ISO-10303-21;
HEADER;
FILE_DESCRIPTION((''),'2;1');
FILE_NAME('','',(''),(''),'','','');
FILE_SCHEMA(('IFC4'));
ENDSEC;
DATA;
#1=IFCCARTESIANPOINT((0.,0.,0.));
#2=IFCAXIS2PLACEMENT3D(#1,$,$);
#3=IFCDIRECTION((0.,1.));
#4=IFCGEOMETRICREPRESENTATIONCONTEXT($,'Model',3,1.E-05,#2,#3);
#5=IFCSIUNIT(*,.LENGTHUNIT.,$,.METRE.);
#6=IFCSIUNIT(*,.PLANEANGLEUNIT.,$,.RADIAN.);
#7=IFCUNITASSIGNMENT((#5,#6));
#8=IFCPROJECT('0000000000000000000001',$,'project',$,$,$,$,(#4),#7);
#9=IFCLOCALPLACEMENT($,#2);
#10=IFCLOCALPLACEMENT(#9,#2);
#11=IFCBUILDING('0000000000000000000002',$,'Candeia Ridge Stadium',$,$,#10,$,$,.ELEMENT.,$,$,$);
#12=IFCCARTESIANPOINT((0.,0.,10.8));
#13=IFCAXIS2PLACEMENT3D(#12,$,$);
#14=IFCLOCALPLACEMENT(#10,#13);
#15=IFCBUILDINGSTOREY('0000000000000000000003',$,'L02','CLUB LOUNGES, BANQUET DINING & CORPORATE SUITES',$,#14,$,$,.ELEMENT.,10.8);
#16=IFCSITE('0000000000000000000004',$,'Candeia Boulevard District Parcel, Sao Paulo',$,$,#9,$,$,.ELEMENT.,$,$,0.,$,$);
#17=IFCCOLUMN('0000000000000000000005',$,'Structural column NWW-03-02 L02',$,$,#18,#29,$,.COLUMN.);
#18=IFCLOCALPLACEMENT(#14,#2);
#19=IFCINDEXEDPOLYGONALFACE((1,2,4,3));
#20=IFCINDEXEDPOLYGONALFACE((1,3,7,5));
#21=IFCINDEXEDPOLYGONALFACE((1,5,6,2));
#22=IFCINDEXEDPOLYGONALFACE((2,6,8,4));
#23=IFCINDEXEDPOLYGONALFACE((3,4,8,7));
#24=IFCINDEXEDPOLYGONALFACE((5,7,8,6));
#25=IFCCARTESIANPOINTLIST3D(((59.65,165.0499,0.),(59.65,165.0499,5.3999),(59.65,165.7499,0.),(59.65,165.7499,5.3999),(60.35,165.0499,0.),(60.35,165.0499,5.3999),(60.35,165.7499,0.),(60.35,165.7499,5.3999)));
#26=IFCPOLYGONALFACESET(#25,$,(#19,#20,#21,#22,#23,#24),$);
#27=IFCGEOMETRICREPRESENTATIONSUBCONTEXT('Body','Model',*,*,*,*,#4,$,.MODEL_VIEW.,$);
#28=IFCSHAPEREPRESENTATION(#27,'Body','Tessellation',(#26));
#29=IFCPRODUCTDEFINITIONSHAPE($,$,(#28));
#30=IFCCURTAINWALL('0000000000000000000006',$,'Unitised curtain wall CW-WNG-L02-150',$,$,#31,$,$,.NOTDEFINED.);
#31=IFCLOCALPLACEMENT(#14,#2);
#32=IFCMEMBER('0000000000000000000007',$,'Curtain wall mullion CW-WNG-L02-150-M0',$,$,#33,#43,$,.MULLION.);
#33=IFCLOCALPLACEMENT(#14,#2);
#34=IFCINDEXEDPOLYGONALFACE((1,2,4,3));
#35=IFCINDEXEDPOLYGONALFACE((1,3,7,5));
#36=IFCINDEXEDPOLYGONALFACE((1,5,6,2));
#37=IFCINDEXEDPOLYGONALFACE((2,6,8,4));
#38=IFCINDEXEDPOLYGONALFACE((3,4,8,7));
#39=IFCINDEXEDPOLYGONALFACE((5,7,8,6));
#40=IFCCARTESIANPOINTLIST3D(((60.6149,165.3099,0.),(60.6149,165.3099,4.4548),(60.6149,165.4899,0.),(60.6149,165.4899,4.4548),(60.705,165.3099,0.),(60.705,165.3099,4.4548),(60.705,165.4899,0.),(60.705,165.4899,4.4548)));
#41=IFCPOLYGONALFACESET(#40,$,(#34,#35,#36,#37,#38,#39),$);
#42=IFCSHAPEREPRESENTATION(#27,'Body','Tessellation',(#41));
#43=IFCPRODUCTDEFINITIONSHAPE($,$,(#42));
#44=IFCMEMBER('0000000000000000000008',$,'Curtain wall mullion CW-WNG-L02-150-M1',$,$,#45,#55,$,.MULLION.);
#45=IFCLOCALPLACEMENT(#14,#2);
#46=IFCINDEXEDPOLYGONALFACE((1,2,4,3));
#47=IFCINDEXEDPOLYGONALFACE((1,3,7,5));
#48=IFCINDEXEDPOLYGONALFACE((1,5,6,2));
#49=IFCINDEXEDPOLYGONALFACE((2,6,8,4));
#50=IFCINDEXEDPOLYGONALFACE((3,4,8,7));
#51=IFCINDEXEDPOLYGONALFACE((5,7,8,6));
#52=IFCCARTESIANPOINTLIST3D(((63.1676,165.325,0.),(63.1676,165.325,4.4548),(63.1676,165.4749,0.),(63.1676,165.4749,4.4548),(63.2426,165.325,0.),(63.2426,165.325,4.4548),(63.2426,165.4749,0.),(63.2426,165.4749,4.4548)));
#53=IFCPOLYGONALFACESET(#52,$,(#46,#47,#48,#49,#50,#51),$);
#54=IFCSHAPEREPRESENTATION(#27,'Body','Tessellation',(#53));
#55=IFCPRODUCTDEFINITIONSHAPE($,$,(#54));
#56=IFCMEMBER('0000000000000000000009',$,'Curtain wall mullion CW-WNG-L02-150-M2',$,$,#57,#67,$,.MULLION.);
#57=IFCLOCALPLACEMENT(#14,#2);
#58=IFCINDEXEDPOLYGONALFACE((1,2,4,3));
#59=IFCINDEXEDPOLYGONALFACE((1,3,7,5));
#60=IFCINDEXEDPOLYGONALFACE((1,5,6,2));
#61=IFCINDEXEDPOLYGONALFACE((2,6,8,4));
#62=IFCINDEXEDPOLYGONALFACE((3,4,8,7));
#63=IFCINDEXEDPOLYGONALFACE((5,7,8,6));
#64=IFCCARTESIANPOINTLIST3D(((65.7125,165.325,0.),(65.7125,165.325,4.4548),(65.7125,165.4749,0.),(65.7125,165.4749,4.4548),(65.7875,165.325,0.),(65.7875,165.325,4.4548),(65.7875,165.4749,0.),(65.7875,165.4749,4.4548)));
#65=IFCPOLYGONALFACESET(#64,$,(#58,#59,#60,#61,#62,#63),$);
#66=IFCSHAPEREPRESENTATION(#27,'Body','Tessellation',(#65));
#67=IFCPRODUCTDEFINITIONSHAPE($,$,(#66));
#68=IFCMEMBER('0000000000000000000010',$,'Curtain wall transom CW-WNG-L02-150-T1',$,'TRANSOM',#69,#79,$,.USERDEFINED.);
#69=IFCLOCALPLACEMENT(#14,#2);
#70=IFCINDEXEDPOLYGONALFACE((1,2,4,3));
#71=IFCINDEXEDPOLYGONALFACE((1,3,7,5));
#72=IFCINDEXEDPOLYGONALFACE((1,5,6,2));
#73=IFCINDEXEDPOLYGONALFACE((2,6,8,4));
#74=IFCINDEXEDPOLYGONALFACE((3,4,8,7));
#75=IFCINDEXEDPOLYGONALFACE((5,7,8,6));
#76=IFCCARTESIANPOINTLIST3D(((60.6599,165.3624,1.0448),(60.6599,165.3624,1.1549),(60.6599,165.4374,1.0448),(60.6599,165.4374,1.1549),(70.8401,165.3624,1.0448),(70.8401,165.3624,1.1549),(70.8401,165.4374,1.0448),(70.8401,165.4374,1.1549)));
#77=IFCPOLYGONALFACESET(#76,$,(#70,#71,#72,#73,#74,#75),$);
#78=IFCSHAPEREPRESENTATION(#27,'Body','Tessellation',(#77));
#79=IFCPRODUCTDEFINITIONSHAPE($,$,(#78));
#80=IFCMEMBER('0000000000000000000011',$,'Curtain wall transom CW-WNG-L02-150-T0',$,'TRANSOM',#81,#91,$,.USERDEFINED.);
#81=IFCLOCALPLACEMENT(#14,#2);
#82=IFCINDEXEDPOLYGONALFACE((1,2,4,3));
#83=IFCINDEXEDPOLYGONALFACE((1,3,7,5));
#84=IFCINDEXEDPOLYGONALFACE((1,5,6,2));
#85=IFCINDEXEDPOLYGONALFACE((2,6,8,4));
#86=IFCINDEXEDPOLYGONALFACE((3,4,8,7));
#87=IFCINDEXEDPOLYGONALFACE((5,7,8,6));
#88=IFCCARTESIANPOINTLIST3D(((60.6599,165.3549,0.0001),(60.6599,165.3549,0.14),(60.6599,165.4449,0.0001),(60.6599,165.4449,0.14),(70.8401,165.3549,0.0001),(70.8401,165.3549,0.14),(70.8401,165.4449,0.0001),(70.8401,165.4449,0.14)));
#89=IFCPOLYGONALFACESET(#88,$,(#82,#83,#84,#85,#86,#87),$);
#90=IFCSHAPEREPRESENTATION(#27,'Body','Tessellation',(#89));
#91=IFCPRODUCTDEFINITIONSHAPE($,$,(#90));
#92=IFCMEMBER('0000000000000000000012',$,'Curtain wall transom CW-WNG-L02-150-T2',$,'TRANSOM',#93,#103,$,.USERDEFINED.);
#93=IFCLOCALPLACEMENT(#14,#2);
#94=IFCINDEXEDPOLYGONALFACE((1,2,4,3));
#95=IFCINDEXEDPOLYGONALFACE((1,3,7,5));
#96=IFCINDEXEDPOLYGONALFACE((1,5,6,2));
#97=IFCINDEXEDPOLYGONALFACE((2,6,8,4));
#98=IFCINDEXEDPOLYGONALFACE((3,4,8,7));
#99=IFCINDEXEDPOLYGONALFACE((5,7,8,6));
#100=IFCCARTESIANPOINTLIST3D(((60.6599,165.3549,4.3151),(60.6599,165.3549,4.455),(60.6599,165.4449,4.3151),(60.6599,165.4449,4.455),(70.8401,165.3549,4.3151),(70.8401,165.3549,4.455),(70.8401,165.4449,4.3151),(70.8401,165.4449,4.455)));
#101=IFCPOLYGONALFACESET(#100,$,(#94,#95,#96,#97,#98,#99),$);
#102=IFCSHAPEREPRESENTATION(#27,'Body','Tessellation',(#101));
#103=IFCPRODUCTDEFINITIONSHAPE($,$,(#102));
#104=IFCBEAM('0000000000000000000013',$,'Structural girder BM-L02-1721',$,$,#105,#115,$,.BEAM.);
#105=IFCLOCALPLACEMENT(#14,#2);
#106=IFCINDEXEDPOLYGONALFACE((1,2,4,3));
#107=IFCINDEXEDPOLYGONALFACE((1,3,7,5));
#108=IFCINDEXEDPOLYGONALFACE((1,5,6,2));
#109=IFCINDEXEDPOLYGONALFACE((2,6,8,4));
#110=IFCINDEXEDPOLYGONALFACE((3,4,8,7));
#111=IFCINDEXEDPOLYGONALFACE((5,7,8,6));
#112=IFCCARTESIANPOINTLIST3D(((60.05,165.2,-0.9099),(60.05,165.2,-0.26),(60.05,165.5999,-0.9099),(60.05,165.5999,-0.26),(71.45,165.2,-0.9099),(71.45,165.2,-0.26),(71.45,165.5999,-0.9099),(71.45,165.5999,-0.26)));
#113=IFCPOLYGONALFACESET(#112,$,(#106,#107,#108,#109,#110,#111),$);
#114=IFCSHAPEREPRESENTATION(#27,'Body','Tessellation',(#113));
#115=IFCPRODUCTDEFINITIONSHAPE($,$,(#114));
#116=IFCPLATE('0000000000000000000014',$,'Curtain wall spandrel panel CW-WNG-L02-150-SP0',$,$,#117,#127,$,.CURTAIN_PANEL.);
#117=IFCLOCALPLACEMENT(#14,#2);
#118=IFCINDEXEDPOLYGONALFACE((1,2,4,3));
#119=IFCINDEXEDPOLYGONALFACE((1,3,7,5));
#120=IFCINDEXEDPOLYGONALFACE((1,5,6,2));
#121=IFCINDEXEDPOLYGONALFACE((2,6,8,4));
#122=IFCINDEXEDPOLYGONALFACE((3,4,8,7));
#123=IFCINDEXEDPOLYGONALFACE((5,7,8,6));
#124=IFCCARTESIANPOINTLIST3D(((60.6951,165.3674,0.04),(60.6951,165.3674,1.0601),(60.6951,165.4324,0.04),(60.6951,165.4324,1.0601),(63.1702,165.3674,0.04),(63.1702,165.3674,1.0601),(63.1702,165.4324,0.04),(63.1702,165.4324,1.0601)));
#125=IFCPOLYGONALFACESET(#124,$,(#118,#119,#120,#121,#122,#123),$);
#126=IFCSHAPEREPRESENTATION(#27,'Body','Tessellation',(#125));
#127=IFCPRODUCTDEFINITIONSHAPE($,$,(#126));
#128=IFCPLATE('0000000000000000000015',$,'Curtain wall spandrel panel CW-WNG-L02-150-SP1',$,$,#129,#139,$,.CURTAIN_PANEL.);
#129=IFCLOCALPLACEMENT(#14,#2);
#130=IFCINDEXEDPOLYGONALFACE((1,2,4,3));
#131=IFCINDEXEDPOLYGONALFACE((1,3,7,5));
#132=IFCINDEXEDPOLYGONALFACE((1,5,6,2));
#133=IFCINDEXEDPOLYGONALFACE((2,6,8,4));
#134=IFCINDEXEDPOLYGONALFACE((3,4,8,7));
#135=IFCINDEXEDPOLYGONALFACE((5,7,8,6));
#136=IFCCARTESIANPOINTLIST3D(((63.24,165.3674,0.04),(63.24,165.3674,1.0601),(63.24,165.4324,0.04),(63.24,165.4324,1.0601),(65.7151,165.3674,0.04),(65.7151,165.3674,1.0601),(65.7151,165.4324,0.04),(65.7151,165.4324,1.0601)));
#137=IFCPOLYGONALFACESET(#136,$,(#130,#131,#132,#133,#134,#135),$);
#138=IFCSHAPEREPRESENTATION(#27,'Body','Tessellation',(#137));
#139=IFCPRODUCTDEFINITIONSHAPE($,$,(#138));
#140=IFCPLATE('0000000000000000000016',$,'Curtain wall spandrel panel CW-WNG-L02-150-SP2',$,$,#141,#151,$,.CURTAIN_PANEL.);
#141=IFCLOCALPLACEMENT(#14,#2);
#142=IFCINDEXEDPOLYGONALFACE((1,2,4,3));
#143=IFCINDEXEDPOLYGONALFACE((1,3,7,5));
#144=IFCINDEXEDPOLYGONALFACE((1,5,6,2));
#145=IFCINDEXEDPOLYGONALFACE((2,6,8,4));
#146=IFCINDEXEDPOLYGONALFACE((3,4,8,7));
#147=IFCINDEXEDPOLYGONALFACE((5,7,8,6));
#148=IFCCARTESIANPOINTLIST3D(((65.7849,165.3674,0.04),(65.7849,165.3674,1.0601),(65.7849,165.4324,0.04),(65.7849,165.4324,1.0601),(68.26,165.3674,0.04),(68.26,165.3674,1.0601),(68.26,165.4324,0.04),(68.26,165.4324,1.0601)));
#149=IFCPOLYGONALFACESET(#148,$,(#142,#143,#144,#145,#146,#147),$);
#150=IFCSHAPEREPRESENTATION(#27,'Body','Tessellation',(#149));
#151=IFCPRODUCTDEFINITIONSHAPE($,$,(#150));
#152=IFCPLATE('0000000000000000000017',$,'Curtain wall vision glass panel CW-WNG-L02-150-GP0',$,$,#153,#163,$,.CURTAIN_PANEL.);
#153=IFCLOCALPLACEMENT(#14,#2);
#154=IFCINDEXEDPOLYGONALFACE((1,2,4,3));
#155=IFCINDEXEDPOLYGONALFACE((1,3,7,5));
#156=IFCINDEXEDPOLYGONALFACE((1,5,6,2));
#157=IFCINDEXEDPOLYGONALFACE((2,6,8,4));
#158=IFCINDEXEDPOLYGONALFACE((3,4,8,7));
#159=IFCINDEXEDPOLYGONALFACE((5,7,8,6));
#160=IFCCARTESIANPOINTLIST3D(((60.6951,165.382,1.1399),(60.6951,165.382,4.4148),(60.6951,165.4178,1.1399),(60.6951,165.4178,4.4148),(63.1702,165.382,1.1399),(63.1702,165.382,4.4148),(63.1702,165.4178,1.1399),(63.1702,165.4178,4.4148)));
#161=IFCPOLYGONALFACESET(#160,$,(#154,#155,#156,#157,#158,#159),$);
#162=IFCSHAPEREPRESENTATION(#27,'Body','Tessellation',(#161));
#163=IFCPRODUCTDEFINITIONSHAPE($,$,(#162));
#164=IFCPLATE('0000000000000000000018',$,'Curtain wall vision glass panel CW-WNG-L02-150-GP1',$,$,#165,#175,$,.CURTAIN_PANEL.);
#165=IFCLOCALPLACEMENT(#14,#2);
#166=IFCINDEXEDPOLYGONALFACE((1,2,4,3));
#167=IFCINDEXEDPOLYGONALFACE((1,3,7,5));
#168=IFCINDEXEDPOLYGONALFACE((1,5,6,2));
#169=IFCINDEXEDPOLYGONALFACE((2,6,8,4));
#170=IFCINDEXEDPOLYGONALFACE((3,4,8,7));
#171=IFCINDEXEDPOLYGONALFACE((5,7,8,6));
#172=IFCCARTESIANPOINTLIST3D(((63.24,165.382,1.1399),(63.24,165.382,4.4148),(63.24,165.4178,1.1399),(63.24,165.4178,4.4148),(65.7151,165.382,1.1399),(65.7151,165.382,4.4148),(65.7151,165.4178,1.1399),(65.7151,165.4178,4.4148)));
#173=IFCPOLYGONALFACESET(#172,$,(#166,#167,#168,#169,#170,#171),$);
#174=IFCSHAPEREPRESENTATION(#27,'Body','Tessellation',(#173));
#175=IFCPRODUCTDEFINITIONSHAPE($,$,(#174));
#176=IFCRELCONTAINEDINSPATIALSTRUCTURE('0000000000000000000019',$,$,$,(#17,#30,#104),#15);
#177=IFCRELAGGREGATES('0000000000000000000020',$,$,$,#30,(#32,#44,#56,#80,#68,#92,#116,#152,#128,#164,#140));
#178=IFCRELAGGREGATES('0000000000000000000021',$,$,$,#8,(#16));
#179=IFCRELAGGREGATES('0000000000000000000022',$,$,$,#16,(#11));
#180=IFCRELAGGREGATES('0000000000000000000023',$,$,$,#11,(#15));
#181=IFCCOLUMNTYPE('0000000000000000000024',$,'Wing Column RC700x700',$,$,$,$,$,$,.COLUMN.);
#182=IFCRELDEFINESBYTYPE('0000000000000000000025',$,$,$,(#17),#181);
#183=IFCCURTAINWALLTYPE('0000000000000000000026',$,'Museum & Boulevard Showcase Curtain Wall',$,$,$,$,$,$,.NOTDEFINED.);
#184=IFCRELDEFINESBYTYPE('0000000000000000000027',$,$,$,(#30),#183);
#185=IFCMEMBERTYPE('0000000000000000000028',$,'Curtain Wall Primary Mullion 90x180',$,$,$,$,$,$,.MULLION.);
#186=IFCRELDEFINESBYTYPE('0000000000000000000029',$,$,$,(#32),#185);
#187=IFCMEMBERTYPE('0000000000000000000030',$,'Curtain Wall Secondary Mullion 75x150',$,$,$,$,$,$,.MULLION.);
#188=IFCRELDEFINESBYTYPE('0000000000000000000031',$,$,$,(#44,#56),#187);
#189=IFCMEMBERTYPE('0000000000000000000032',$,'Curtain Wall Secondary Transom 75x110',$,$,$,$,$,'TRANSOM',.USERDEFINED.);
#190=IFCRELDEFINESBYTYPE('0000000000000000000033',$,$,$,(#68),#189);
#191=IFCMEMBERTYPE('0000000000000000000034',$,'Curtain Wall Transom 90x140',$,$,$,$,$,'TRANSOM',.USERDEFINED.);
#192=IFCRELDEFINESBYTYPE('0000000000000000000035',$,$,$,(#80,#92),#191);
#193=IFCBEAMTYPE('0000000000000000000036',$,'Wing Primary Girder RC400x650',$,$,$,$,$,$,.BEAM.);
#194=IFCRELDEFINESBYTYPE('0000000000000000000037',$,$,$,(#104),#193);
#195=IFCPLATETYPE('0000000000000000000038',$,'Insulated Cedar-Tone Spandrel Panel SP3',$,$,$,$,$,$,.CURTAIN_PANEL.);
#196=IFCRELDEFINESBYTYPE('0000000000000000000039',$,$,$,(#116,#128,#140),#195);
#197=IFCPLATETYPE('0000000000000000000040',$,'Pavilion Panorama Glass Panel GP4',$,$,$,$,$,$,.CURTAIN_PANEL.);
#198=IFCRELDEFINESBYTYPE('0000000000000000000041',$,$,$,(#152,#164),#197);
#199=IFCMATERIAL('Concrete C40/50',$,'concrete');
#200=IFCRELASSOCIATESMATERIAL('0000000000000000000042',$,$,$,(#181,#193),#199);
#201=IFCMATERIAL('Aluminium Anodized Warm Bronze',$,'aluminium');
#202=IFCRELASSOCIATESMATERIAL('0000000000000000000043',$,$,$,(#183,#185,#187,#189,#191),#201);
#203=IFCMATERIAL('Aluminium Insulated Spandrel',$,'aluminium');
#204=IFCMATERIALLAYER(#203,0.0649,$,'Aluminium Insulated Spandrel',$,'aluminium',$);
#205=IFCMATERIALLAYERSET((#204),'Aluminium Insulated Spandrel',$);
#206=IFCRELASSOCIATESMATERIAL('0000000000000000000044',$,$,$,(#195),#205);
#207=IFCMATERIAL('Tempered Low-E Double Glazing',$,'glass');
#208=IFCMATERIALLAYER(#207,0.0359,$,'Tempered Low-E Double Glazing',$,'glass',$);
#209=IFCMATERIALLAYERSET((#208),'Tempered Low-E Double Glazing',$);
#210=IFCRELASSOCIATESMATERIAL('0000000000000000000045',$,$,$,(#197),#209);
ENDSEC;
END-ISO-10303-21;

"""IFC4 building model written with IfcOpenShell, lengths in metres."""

from ifc_helpers import new_model, si_unit, direction, frame, origin, origin_2d, place, context, subcontext, project, spatial, rectangle, extrude, material, layer, layer_set, material_profile, profile_set, type_object, element, aggregate, save


model = new_model("IFC4")

# Units and contexts
model_context = context("Model", 3, precision=1e-05, world=origin(), true_north=direction((0.0, 1.0)))
body_context = subcontext(model_context, "Body", "Model", "MODEL_VIEW")
ifc_project = project(units=[si_unit("LENGTHUNIT", "METRE"), si_unit("PLANEANGLEUNIT", "RADIAN")], contexts=[model_context])

# Site, building, storey
site_placement = place(None, origin())
site = spatial("IfcSite", under=ifc_project, at=site_placement, Name="Candeia Boulevard District Parcel, Sao Paulo", CompositionType="ELEMENT", RefElevation=0.0)
building_placement = place(site_placement, origin())
building = spatial("IfcBuilding", under=site, at=building_placement, Name="Candeia Ridge Stadium", CompositionType="ELEMENT")
storey_placement = place(building_placement, frame((0.0, 0.0, 10.8)))
storey = spatial("IfcBuildingStorey", under=building, at=storey_placement, Name="L02", Description="CLUB LOUNGES, BANQUET DINING & CORPORATE SUITES", CompositionType="ELEMENT", Elevation=10.8)

# Column
ifc_material_1 = material(Name="Concrete C40/50", Category="concrete")
ifc_material_profile_1 = material_profile(ifc_material_1, rectangle(XDim=0.7, YDim=0.7, at=origin_2d()), Name="RC700x700", Category="concrete")
ifc_profile_set_1 = profile_set([ifc_material_profile_1], Name="Concrete C40/50")
column_type = type_object("IfcColumnType", Name="Wing Column RC700x700", PredefinedType="COLUMN", material=ifc_profile_set_1)
column_placement = place(storey_placement, frame((60.0, 165.3999, 0.0), z_axis=(0.0, 0.0, 1.0), x_axis=(1.0, 0.0, 0.0)))
element("IfcColumn", 1, at=column_placement, inside=storey, type_object=column_type, Name="Structural column NWW-03-02 L02", PredefinedType="COLUMN", context=body_context, shape_type="SweptSolid", body=[
    extrude(rectangle(XDim=0.7, YDim=0.7, at=origin_2d()), origin(), (0.0, 0.0, 1.0), 5.3999),
])

# Curtain wall, members
ifc_material_2 = material(Name="Aluminium Anodized Warm Bronze", Category="aluminium")
curtain_wall_type = type_object("IfcCurtainWallType", Name="Museum & Boulevard Showcase Curtain Wall", PredefinedType="NOTDEFINED", material=ifc_material_2)
curtain_wall_placement = place(storey_placement, origin())
curtain_wall = element("IfcCurtainWall", 2, at=curtain_wall_placement, inside=storey, type_object=curtain_wall_type, Name="Unitised curtain wall CW-WNG-L02-150", PredefinedType="NOTDEFINED")
ifc_material_profile_2 = material_profile(ifc_material_2, rectangle(XDim=0.0901, YDim=0.1799, at=origin_2d()), Name="CWM-90x180", Category="aluminium")
ifc_profile_set_2 = profile_set([ifc_material_profile_2], Name="Aluminium Anodized Warm Bronze")
member_type_1 = type_object("IfcMemberType", Name="Curtain Wall Primary Mullion 90x180", PredefinedType="MULLION", material=ifc_profile_set_2)
member_1_placement = place(storey_placement, frame((60.6599, 165.3999, 0.0), z_axis=(0.0, 0.0, 1.0), x_axis=(1.0, 0.0, 0.0)))
member_1 = element("IfcMember", 3, at=member_1_placement, type_object=member_type_1, Name="Curtain wall mullion CW-WNG-L02-150-M0", PredefinedType="MULLION", context=body_context, shape_type="SweptSolid", body=[
    extrude(rectangle(XDim=0.0901, YDim=0.1799, at=origin_2d()), origin(), (0.0, 0.0, 1.0), 4.4548),
])
ifc_material_profile_3 = material_profile(ifc_material_2, rectangle(XDim=0.075, YDim=0.1499, at=origin_2d()), Name="CWM-75x150", Category="aluminium")
ifc_profile_set_3 = profile_set([ifc_material_profile_3], Name="Aluminium Anodized Warm Bronze")
member_type_2 = type_object("IfcMemberType", Name="Curtain Wall Secondary Mullion 75x150", PredefinedType="MULLION", material=ifc_profile_set_3)
member_2_placement = place(storey_placement, frame((63.2051, 165.3999, 0.0), z_axis=(0.0, 0.0, 1.0), x_axis=(1.0, 0.0, 0.0)))
member_2 = element("IfcMember", 4, at=member_2_placement, type_object=member_type_2, Name="Curtain wall mullion CW-WNG-L02-150-M1", PredefinedType="MULLION", context=body_context, shape_type="SweptSolid", body=[
    extrude(rectangle(XDim=0.075, YDim=0.1499, at=origin_2d()), origin(), (0.0, 0.0, 1.0), 4.4548),
])
member_3_placement = place(storey_placement, frame((65.75, 165.3999, 0.0), z_axis=(0.0, 0.0, 1.0), x_axis=(1.0, 0.0, 0.0)))
member_3 = element("IfcMember", 5, at=member_3_placement, type_object=member_type_2, Name="Curtain wall mullion CW-WNG-L02-150-M2", PredefinedType="MULLION", context=body_context, shape_type="SweptSolid", body=[
    extrude(rectangle(XDim=0.075, YDim=0.1499, at=origin_2d()), origin(), (0.0, 0.0, 1.0), 4.4548),
])
ifc_material_profile_4 = material_profile(ifc_material_2, rectangle(XDim=0.075, YDim=0.1101, at=origin_2d()), Name="CWT-75x110", Category="aluminium")
ifc_profile_set_4 = profile_set([ifc_material_profile_4], Name="Aluminium Anodized Warm Bronze")
member_type_3 = type_object("IfcMemberType", Name="Curtain Wall Secondary Transom 75x110", ElementType="TRANSOM", PredefinedType="USERDEFINED", material=ifc_profile_set_4)
member_4_placement = place(storey_placement, frame((60.6599, 165.3999, 1.0999), z_axis=(1.0, 0.0, 0.0), x_axis=(0.0, 1.0, 0.0)))
member_4 = element("IfcMember", 6, at=member_4_placement, type_object=member_type_3, Name="Curtain wall transom CW-WNG-L02-150-T1", ObjectType="TRANSOM", PredefinedType="USERDEFINED", context=body_context, shape_type="SweptSolid", body=[
    extrude(rectangle(XDim=0.075, YDim=0.1101, at=origin_2d()), origin(), (0.0, 0.0, 1.0), 10.1802),
])
ifc_material_profile_5 = material_profile(ifc_material_2, rectangle(XDim=0.0901, YDim=0.1399, at=origin_2d()), Name="CWT-90x140", Category="aluminium")
ifc_profile_set_5 = profile_set([ifc_material_profile_5], Name="Aluminium Anodized Warm Bronze")
member_type_4 = type_object("IfcMemberType", Name="Curtain Wall Transom 90x140", ElementType="TRANSOM", PredefinedType="USERDEFINED", material=ifc_profile_set_5)
member_5_placement = place(storey_placement, frame((60.6599, 165.3999, 0.0701), z_axis=(1.0, 0.0, 0.0), x_axis=(0.0, 1.0, 0.0)))
member_5 = element("IfcMember", 7, at=member_5_placement, type_object=member_type_4, Name="Curtain wall transom CW-WNG-L02-150-T0", ObjectType="TRANSOM", PredefinedType="USERDEFINED", context=body_context, shape_type="SweptSolid", body=[
    extrude(rectangle(XDim=0.0901, YDim=0.1399, at=origin_2d()), origin(), (0.0, 0.0, 1.0), 10.1802),
])
member_6_placement = place(storey_placement, frame((60.6599, 165.3999, 4.385), z_axis=(1.0, 0.0, 0.0), x_axis=(0.0, 1.0, 0.0)))
member_6 = element("IfcMember", 8, at=member_6_placement, type_object=member_type_4, Name="Curtain wall transom CW-WNG-L02-150-T2", ObjectType="TRANSOM", PredefinedType="USERDEFINED", context=body_context, shape_type="SweptSolid", body=[
    extrude(rectangle(XDim=0.0901, YDim=0.1399, at=origin_2d()), origin(), (0.0, 0.0, 1.0), 10.1802),
])

# Beam
ifc_material_profile_6 = material_profile(ifc_material_1, rectangle(XDim=0.3999, YDim=0.6499, at=origin_2d()), Name="RC400x650", Category="concrete")
ifc_profile_set_6 = profile_set([ifc_material_profile_6], Name="Concrete C40/50")
beam_type = type_object("IfcBeamType", Name="Wing Primary Girder RC400x650", PredefinedType="BEAM", material=ifc_profile_set_6)
beam_placement = place(storey_placement, frame((60.05, 165.3999, -0.585), z_axis=(1.0, 0.0, 0.0), x_axis=(0.0, 1.0, 0.0)))
element("IfcBeam", 9, at=beam_placement, inside=storey, type_object=beam_type, Name="Structural girder BM-L02-1721", PredefinedType="BEAM", context=body_context, shape_type="SweptSolid", body=[
    extrude(rectangle(XDim=0.3999, YDim=0.6499, at=origin_2d()), origin(), (0.0, 0.0, 1.0), 11.3999),
])

# Plates
ifc_material_3 = material(Name="Aluminium Insulated Spandrel", Category="aluminium")
ifc_layer_1 = layer(ifc_material_3, 0.0649, Name="Aluminium Insulated Spandrel", Category="aluminium")
ifc_layer_set_1 = layer_set([ifc_layer_1], Name="Aluminium Insulated Spandrel")
plate_type_1 = type_object("IfcPlateType", Name="Insulated Cedar-Tone Spandrel Panel SP3", PredefinedType="CURTAIN_PANEL", material=ifc_layer_set_1)
plate_1_placement = place(storey_placement, frame((61.9326, 165.3999, 0.04), z_axis=(0.0, 0.0, 1.0), x_axis=(1.0, 0.0, 0.0)))
plate_1 = element("IfcPlate", 10, at=plate_1_placement, type_object=plate_type_1, Name="Curtain wall spandrel panel CW-WNG-L02-150-SP0", PredefinedType="CURTAIN_PANEL", context=body_context, shape_type="SweptSolid", body=[
    extrude(rectangle(XDim=2.4751, YDim=0.0649, at=origin_2d()), origin(), (0.0, 0.0, 1.0), 1.02),
])
plate_2_placement = place(storey_placement, frame((64.4775, 165.3999, 0.04), z_axis=(0.0, 0.0, 1.0), x_axis=(1.0, 0.0, 0.0)))
plate_2 = element("IfcPlate", 11, at=plate_2_placement, type_object=plate_type_1, Name="Curtain wall spandrel panel CW-WNG-L02-150-SP1", PredefinedType="CURTAIN_PANEL", context=body_context, shape_type="SweptSolid", body=[
    extrude(rectangle(XDim=2.4751, YDim=0.0649, at=origin_2d()), origin(), (0.0, 0.0, 1.0), 1.02),
])
plate_3_placement = place(storey_placement, frame((67.0225, 165.3999, 0.04), z_axis=(0.0, 0.0, 1.0), x_axis=(1.0, 0.0, 0.0)))
plate_3 = element("IfcPlate", 12, at=plate_3_placement, type_object=plate_type_1, Name="Curtain wall spandrel panel CW-WNG-L02-150-SP2", PredefinedType="CURTAIN_PANEL", context=body_context, shape_type="SweptSolid", body=[
    extrude(rectangle(XDim=2.4751, YDim=0.0649, at=origin_2d()), origin(), (0.0, 0.0, 1.0), 1.02),
])
ifc_material_4 = material(Name="Tempered Low-E Double Glazing", Category="glass")
ifc_layer_2 = layer(ifc_material_4, 0.0359, Name="Tempered Low-E Double Glazing", Category="glass")
ifc_layer_set_2 = layer_set([ifc_layer_2], Name="Tempered Low-E Double Glazing")
plate_type_2 = type_object("IfcPlateType", Name="Pavilion Panorama Glass Panel GP4", PredefinedType="CURTAIN_PANEL", material=ifc_layer_set_2)
plate_4_placement = place(storey_placement, frame((61.9326, 165.3999, 1.1399), z_axis=(0.0, 0.0, 1.0), x_axis=(1.0, 0.0, 0.0)))
plate_4 = element("IfcPlate", 13, at=plate_4_placement, type_object=plate_type_2, Name="Curtain wall vision glass panel CW-WNG-L02-150-GP0", PredefinedType="CURTAIN_PANEL", context=body_context, shape_type="SweptSolid", body=[
    extrude(rectangle(XDim=2.4751, YDim=0.0359, at=origin_2d()), origin(), (0.0, 0.0, 1.0), 3.2749),
])
plate_5_placement = place(storey_placement, frame((64.4775, 165.3999, 1.1399), z_axis=(0.0, 0.0, 1.0), x_axis=(1.0, 0.0, 0.0)))
plate_5 = element("IfcPlate", 14, at=plate_5_placement, type_object=plate_type_2, Name="Curtain wall vision glass panel CW-WNG-L02-150-GP1", PredefinedType="CURTAIN_PANEL", context=body_context, shape_type="SweptSolid", body=[
    extrude(rectangle(XDim=2.4751, YDim=0.0359, at=origin_2d()), origin(), (0.0, 0.0, 1.0), 3.2749),
])
aggregate(curtain_wall, [member_1, member_2, member_3, member_5, member_4, member_6, plate_1, plate_4, plate_2, plate_5, plate_3])

save(model, "model.ifc")
